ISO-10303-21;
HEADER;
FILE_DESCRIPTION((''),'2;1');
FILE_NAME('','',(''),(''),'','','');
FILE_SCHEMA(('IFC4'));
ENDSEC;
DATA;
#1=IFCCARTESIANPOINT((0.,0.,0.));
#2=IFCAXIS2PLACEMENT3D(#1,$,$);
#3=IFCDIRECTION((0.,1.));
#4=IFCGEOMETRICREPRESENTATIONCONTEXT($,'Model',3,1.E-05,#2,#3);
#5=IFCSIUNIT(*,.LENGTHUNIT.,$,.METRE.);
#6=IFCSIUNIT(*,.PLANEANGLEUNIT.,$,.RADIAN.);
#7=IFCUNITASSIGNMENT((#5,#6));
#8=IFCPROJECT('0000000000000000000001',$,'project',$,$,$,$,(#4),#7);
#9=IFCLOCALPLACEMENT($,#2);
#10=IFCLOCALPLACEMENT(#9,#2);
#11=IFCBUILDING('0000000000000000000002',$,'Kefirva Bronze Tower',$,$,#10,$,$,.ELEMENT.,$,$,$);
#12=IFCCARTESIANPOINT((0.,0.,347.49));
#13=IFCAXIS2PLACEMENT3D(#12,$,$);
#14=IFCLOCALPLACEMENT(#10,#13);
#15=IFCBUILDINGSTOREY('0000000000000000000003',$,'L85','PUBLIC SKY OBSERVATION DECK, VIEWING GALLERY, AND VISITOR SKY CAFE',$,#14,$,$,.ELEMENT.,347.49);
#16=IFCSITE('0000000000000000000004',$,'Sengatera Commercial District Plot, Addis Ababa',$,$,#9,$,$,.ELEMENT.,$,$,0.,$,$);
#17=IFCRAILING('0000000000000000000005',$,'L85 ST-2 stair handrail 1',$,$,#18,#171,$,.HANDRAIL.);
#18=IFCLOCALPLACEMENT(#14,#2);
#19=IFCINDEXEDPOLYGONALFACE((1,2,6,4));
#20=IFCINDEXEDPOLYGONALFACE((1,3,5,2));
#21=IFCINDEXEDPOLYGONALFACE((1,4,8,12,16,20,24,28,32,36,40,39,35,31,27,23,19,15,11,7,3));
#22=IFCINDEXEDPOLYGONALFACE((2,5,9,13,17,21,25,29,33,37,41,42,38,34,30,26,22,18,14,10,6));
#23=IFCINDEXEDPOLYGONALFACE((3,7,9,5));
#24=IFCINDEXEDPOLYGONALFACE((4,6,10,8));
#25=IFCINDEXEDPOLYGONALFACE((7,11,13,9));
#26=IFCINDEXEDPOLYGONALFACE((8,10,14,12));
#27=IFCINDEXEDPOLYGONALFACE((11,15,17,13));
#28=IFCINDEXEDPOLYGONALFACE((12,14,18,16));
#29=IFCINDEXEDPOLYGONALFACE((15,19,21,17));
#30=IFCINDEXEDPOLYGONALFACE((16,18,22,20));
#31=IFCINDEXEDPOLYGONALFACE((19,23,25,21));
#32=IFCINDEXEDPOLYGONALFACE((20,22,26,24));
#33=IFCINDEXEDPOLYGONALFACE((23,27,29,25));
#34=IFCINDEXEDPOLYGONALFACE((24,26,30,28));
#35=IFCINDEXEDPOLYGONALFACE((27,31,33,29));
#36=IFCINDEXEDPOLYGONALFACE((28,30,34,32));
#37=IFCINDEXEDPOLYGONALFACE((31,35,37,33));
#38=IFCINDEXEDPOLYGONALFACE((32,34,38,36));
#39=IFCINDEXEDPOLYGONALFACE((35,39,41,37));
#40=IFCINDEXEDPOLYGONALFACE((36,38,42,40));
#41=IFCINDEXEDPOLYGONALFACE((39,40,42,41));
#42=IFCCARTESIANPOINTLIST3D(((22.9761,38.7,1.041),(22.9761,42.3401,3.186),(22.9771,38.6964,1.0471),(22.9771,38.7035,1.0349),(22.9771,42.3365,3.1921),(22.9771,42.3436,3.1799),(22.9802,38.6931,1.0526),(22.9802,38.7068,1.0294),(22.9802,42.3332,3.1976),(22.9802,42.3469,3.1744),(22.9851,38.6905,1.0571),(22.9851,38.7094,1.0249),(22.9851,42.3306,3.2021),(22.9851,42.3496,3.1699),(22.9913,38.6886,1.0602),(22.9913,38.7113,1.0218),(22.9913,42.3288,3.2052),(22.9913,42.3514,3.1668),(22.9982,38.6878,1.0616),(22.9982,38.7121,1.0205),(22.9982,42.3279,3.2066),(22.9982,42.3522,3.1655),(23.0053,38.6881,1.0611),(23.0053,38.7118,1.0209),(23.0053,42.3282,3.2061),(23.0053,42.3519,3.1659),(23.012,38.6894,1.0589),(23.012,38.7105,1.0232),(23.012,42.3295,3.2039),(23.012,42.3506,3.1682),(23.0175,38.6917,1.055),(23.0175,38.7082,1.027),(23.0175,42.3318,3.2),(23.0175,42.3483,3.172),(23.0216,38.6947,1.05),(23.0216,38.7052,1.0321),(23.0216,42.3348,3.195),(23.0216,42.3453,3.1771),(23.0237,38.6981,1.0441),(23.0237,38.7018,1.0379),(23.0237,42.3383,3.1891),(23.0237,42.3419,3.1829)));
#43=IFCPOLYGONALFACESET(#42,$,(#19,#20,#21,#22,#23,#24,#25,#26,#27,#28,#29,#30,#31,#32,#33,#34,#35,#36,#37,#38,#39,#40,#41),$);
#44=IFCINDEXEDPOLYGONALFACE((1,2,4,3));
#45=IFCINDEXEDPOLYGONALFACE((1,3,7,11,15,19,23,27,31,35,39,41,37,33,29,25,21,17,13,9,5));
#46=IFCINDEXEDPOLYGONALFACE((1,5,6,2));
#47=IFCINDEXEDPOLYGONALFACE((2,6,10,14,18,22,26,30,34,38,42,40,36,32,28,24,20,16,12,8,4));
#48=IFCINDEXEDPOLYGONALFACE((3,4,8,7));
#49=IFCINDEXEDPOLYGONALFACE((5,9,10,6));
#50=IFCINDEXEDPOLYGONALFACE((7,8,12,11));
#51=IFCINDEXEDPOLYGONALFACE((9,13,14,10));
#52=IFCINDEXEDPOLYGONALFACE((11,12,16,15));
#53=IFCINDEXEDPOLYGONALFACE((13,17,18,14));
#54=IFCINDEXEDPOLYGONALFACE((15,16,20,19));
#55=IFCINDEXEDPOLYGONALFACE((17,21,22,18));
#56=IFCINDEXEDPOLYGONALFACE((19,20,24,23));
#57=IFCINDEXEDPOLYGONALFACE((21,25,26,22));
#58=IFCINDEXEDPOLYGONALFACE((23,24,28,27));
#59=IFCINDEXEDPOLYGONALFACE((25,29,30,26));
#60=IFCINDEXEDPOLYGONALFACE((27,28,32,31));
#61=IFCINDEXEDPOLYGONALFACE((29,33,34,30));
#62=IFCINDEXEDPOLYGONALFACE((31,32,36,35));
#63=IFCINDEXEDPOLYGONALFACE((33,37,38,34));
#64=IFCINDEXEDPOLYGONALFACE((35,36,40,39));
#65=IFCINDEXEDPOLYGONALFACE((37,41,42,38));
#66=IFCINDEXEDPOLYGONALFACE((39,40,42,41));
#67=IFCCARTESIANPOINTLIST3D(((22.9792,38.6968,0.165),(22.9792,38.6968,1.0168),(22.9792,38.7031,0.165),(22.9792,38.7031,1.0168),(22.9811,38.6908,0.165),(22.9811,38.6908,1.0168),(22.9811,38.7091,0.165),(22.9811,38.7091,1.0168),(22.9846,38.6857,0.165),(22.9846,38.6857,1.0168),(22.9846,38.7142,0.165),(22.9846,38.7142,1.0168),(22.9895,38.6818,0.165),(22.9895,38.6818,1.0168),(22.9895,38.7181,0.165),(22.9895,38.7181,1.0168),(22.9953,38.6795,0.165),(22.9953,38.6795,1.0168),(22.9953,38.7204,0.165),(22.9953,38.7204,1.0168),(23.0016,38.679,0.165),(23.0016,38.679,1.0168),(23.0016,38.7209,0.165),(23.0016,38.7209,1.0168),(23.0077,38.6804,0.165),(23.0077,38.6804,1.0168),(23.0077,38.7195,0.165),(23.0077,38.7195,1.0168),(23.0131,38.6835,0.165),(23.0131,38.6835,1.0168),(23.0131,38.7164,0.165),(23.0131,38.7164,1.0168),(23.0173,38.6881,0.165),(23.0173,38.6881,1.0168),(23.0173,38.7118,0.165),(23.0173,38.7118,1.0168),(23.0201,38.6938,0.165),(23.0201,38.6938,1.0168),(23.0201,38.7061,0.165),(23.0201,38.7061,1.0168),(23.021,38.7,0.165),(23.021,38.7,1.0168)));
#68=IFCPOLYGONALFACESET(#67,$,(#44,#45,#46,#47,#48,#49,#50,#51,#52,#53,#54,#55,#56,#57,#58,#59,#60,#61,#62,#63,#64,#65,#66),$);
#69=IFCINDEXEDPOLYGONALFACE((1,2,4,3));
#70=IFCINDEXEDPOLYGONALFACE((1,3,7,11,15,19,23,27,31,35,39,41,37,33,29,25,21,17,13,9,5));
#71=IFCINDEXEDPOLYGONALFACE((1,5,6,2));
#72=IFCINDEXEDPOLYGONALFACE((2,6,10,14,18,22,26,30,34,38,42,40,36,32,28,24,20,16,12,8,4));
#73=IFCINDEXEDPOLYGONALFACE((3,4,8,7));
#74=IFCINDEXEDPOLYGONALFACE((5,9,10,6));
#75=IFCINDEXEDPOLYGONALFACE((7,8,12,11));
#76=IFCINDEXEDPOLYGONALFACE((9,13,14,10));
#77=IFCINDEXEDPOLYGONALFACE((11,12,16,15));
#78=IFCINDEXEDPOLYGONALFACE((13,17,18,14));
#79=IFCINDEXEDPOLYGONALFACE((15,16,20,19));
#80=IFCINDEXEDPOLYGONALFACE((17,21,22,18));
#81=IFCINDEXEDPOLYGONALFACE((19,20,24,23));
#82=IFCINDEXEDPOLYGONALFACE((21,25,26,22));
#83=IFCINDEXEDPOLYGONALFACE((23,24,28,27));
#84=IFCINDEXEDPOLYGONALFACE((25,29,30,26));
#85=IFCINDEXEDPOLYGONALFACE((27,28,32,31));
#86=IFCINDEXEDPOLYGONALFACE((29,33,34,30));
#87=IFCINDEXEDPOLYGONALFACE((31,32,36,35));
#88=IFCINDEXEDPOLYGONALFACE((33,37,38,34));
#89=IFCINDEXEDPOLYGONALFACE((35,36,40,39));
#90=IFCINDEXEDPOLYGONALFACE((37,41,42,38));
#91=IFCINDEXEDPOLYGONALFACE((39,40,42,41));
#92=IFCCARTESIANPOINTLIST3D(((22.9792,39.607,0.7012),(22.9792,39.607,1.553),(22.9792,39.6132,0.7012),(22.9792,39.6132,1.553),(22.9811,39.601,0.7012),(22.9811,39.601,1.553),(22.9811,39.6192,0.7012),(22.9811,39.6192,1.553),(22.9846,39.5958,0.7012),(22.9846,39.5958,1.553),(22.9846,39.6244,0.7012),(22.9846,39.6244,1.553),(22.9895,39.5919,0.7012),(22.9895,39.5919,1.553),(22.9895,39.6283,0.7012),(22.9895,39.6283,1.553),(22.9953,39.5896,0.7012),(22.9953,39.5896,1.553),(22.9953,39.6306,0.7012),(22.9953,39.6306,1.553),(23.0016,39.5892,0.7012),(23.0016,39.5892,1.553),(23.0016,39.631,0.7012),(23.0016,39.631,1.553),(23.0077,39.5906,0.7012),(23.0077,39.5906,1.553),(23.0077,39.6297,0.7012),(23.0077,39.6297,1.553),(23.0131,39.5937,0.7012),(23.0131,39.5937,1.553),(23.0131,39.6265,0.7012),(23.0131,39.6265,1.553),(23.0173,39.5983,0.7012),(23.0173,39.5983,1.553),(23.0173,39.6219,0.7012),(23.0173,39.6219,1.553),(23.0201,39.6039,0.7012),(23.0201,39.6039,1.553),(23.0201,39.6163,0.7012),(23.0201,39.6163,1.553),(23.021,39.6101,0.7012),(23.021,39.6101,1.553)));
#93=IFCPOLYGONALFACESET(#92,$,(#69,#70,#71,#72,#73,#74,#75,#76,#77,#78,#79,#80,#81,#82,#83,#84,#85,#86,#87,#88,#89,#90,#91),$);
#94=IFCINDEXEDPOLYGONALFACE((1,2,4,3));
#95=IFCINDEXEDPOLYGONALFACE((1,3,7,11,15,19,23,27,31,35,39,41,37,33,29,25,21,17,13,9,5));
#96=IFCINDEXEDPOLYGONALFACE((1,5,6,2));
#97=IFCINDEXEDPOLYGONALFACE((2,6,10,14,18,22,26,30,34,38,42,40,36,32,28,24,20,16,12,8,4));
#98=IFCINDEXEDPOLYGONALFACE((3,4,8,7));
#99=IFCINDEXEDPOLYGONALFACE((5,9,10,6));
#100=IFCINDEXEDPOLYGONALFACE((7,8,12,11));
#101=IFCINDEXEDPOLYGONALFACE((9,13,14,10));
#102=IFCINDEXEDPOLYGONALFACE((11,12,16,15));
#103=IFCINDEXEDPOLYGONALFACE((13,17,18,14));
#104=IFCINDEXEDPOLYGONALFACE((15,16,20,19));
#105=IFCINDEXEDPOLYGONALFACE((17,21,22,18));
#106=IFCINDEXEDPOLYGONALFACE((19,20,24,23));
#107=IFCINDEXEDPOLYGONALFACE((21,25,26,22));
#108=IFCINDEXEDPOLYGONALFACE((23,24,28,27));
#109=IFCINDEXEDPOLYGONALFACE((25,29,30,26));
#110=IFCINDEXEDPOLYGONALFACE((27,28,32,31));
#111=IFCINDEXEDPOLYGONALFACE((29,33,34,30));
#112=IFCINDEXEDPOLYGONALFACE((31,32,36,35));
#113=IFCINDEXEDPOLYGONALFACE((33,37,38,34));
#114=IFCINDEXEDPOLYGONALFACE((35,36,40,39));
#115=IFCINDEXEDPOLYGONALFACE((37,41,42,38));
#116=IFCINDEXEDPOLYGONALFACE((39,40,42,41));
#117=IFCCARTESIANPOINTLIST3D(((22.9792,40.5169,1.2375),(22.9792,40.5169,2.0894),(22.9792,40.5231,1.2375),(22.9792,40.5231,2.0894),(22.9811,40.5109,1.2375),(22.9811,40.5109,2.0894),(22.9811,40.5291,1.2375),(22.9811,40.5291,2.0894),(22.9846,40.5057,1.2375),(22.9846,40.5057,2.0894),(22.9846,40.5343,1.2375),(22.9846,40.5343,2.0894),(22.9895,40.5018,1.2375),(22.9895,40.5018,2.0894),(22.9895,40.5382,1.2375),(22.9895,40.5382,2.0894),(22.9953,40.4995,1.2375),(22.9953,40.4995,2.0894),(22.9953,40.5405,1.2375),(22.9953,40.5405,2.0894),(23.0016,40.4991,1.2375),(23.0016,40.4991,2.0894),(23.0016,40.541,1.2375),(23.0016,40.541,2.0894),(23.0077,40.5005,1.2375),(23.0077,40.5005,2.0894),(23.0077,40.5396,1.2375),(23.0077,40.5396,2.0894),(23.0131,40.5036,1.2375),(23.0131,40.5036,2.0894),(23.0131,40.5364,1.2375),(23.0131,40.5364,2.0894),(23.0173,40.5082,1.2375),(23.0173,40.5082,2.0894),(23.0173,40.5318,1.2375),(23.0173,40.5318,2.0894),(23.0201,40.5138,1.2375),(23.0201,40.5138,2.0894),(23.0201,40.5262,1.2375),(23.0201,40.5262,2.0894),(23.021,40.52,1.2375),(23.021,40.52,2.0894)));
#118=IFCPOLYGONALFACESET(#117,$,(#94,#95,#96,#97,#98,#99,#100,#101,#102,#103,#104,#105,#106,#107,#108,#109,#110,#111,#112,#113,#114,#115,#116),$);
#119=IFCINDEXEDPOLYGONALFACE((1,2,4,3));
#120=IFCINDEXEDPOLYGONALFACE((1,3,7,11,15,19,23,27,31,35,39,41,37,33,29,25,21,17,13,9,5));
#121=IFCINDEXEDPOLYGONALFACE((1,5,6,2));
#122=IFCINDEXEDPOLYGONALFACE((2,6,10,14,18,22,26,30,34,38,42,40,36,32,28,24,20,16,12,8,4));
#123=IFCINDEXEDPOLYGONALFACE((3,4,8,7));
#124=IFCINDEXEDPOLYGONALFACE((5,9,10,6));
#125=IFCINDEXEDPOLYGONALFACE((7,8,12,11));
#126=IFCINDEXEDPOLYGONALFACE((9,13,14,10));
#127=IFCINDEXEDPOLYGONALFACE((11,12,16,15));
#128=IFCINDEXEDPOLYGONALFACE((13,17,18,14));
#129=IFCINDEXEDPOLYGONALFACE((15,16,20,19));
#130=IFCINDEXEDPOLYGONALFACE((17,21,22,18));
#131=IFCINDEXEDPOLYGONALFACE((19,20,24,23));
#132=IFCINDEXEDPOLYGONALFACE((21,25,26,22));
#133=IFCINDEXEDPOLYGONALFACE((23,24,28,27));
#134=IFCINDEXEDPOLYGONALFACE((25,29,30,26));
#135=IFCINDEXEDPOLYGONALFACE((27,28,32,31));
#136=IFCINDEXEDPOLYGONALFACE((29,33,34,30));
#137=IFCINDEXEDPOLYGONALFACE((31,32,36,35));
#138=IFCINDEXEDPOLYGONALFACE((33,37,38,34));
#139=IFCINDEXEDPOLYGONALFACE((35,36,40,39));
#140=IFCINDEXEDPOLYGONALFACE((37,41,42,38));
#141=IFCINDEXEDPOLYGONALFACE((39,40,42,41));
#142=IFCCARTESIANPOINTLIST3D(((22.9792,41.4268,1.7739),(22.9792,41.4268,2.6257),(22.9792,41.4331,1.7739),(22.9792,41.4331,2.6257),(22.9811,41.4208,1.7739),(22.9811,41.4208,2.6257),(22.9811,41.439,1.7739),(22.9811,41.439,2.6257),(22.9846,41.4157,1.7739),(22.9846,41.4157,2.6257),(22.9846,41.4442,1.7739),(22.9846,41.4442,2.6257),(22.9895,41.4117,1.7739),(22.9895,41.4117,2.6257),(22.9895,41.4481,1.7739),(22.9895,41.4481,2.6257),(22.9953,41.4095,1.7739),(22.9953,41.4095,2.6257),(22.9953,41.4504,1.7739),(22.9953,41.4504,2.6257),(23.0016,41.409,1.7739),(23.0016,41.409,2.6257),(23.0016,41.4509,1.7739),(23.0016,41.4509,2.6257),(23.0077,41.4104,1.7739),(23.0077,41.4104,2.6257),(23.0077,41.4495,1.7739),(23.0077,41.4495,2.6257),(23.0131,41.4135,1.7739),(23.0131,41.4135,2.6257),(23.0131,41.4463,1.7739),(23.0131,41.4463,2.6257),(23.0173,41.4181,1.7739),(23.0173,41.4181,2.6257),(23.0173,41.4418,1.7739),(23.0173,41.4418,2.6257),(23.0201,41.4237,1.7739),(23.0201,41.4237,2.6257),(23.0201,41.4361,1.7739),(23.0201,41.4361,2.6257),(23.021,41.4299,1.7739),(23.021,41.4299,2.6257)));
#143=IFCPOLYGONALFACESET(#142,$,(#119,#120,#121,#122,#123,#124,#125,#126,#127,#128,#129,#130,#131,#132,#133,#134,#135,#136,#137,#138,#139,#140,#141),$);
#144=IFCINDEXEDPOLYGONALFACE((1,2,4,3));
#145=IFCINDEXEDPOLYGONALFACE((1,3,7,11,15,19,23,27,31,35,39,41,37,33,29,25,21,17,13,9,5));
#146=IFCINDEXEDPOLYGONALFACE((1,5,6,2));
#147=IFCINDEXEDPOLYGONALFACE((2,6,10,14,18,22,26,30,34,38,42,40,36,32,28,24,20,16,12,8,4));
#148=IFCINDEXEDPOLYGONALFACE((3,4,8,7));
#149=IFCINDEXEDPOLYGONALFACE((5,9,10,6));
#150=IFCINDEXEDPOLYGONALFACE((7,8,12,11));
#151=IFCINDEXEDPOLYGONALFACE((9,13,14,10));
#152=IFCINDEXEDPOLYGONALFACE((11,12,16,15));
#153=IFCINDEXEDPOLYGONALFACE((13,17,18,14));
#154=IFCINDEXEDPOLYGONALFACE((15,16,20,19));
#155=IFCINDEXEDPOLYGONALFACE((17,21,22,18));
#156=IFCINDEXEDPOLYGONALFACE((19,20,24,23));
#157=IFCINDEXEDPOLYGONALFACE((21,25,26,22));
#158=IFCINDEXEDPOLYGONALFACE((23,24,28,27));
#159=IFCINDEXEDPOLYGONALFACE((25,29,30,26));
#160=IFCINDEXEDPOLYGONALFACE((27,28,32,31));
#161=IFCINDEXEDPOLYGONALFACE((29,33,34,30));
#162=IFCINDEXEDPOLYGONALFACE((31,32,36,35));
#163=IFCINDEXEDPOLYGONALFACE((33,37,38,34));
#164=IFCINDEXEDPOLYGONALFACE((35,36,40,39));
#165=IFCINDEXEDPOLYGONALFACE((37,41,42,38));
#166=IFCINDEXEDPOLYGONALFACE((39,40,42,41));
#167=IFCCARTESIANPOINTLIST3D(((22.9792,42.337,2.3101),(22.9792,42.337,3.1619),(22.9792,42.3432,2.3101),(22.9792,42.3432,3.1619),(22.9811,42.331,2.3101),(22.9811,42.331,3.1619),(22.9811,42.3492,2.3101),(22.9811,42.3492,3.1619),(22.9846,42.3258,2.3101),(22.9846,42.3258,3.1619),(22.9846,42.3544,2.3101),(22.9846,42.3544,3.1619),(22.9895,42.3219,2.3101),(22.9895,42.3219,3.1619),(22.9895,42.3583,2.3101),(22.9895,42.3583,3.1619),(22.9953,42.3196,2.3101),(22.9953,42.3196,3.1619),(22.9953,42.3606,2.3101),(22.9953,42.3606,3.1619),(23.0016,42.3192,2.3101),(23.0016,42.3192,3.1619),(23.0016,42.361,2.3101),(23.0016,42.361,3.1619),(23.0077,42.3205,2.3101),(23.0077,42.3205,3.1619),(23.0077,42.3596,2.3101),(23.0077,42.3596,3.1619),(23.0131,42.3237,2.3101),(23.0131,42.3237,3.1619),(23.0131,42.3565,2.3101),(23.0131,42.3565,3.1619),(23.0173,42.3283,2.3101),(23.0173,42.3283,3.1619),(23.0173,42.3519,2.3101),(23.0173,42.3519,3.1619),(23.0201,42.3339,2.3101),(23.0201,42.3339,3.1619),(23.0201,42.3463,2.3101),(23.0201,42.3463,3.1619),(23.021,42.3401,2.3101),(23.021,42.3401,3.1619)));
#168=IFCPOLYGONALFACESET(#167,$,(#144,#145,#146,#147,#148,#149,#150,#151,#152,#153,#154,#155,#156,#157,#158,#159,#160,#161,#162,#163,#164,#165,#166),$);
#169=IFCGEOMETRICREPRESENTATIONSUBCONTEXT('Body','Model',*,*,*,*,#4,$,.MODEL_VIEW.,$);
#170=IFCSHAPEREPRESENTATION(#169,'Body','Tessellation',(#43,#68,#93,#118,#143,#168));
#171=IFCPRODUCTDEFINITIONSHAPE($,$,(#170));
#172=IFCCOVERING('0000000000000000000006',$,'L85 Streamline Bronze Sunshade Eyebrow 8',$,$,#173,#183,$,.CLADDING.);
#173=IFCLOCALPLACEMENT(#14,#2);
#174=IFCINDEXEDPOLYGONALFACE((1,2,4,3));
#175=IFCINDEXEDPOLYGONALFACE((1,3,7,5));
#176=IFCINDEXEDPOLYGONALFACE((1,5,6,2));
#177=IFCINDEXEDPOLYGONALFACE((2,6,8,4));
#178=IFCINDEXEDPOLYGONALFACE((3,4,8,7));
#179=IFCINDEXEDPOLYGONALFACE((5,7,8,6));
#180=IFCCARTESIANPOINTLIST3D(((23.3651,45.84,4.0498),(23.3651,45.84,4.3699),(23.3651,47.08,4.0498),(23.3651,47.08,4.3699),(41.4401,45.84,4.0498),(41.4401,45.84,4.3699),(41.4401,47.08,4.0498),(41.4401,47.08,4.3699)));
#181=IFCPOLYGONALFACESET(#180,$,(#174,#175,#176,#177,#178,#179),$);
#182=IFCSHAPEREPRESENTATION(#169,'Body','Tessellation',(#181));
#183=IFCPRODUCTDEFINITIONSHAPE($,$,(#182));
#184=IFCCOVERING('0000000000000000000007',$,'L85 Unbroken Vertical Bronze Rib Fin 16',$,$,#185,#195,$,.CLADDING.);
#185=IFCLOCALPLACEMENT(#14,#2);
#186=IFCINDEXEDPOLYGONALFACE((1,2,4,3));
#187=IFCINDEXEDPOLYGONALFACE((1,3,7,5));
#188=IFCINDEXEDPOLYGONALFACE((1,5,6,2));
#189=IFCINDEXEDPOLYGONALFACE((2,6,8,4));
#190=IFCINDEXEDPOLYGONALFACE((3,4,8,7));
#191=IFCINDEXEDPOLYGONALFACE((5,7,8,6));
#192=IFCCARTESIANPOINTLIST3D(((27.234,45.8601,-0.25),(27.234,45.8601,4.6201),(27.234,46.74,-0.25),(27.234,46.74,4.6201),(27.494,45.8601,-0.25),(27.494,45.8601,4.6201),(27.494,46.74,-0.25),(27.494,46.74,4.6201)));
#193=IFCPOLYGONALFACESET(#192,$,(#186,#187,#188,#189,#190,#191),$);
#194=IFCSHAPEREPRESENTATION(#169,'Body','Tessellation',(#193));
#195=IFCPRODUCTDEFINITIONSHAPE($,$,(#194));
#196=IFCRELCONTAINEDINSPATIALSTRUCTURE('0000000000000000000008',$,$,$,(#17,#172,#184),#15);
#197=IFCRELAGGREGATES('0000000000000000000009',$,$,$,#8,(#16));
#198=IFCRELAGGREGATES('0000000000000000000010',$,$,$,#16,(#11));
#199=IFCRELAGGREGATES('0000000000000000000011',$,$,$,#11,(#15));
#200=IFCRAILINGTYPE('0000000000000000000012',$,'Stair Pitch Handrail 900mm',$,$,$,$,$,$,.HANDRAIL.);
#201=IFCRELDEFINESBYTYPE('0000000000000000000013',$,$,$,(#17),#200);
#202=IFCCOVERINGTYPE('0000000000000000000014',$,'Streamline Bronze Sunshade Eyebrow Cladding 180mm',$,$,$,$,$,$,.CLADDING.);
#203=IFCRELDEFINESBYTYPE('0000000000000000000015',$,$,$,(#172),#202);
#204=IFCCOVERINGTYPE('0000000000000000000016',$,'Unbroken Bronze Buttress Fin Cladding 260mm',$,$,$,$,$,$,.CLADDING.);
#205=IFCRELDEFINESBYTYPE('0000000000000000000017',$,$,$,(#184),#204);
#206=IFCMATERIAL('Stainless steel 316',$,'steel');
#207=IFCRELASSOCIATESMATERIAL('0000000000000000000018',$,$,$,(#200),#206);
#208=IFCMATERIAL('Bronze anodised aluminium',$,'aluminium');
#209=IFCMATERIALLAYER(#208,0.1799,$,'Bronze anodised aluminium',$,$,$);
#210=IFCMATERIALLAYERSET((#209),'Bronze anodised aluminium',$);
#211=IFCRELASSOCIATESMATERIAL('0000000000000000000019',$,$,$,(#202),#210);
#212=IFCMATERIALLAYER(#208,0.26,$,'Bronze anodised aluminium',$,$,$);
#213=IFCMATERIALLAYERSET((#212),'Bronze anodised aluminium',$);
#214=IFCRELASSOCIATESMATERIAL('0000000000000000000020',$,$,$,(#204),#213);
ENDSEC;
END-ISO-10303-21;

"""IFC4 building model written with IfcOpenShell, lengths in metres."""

from ifc_helpers import new_model, si_unit, direction, frame, origin, origin_2d, place, context, subcontext, project, spatial, rectangle, circle, extrude, material, layer, layer_set, type_object, element, save


model = new_model("IFC4")

# Units and contexts
model_context = context("Model", 3, precision=1e-05, world=origin(), true_north=direction((0.0, 1.0)))
body_context = subcontext(model_context, "Body", "Model", "MODEL_VIEW")
ifc_project = project(units=[si_unit("LENGTHUNIT", "METRE"), si_unit("PLANEANGLEUNIT", "RADIAN")], contexts=[model_context])

# Site, building, storey
site_placement = place(None, origin())
site = spatial("IfcSite", under=ifc_project, at=site_placement, Name="Sengatera Commercial District Plot, Addis Ababa", CompositionType="ELEMENT", RefElevation=0.0)
building_placement = place(site_placement, origin())
building = spatial("IfcBuilding", under=site, at=building_placement, Name="Kefirva Bronze Tower", CompositionType="ELEMENT")
storey_placement = place(building_placement, frame((0.0, 0.0, 347.49)))
storey = spatial("IfcBuildingStorey", under=building, at=storey_placement, Name="L85", Description="PUBLIC SKY OBSERVATION DECK, VIEWING GALLERY, AND VISITOR SKY CAFE", CompositionType="ELEMENT", Elevation=347.49)

# Shared definitions
ifc_material_1 = material(Name="Bronze anodised aluminium", Category="aluminium")

# Railing
ifc_material_2 = material(Name="Stainless steel 316", Category="steel")
railing_type_1 = type_object("IfcRailingType", Name="Stair Pitch Handrail 900mm", PredefinedType="HANDRAIL", material=ifc_material_2)
railing_1_placement = place(storey_placement, frame((23.0, 38.7, 0.165)))
element("IfcRailing", 1, at=railing_1_placement, inside=storey, type_object=railing_type_1, Name="L85 ST-2 stair handrail 1", PredefinedType="HANDRAIL", context=body_context, shape_type="SweptSolid", body=[
    extrude(circle(Radius=0.0239, at=origin_2d()), frame((0.0, 0.0, 0.876), z_axis=(0.0, 0.861545, 0.507682), x_axis=(-1.0, 0.0, 0.0)), (0.0, 0.0, 1.0), 4.2251),
    extrude(circle(Radius=0.021, at=origin_2d()), origin(), (0.0, 0.0, 1.0), 0.8518),
    extrude(circle(Radius=0.021, at=origin_2d()), frame((0.0, 0.9102, 0.5361)), (0.0, 0.0, 1.0), 0.8518),
    extrude(circle(Radius=0.021, at=origin_2d()), frame((0.0, 1.8201, 1.0725)), (0.0, 0.0, 1.0), 0.8518),
    extrude(circle(Radius=0.021, at=origin_2d()), frame((0.0, 2.73, 1.6089)), (0.0, 0.0, 1.0), 0.8518),
    extrude(circle(Radius=0.021, at=origin_2d()), frame((0.0, 3.6401, 2.145)), (0.0, 0.0, 1.0), 0.8518),
])

# Coverings
ifc_layer_1 = layer(ifc_material_1, 0.1799, Name="Bronze anodised aluminium")
ifc_layer_set_1 = layer_set([ifc_layer_1], Name="Bronze anodised aluminium")
covering_type_1 = type_object("IfcCoveringType", Name="Streamline Bronze Sunshade Eyebrow Cladding 180mm", PredefinedType="CLADDING", material=ifc_layer_set_1)
covering_1_placement = place(storey_placement, frame((32.4026, 46.46, 4.0498), z_axis=(0.0, 0.0, 1.0), x_axis=(-1.0, 0.0, 0.0)))
element("IfcCovering", 2, at=covering_1_placement, inside=storey, type_object=covering_type_1, Name="L85 Streamline Bronze Sunshade Eyebrow 8", PredefinedType="CLADDING", context=body_context, shape_type="SweptSolid", body=[
    extrude(rectangle(XDim=18.075, YDim=1.24, at=origin_2d()), origin(), (0.0, 0.0, 1.0), 0.3201),
])
ifc_layer_2 = layer(ifc_material_1, 0.26, Name="Bronze anodised aluminium")
ifc_layer_set_2 = layer_set([ifc_layer_2], Name="Bronze anodised aluminium")
covering_type_2 = type_object("IfcCoveringType", Name="Unbroken Bronze Buttress Fin Cladding 260mm", PredefinedType="CLADDING", material=ifc_layer_set_2)
covering_2_placement = place(storey_placement, frame((27.364, 46.3, -0.25), z_axis=(0.0, 0.0, 1.0), x_axis=(-1.0, 0.0, 0.0)))
element("IfcCovering", 3, at=covering_2_placement, inside=storey, type_object=covering_type_2, Name="L85 Unbroken Vertical Bronze Rib Fin 16", PredefinedType="CLADDING", context=body_context, shape_type="SweptSolid", body=[
    extrude(rectangle(XDim=0.26, YDim=0.8799, at=origin_2d()), origin(), (0.0, 0.0, 1.0), 4.8701),
])

save(model, "model.ifc")
